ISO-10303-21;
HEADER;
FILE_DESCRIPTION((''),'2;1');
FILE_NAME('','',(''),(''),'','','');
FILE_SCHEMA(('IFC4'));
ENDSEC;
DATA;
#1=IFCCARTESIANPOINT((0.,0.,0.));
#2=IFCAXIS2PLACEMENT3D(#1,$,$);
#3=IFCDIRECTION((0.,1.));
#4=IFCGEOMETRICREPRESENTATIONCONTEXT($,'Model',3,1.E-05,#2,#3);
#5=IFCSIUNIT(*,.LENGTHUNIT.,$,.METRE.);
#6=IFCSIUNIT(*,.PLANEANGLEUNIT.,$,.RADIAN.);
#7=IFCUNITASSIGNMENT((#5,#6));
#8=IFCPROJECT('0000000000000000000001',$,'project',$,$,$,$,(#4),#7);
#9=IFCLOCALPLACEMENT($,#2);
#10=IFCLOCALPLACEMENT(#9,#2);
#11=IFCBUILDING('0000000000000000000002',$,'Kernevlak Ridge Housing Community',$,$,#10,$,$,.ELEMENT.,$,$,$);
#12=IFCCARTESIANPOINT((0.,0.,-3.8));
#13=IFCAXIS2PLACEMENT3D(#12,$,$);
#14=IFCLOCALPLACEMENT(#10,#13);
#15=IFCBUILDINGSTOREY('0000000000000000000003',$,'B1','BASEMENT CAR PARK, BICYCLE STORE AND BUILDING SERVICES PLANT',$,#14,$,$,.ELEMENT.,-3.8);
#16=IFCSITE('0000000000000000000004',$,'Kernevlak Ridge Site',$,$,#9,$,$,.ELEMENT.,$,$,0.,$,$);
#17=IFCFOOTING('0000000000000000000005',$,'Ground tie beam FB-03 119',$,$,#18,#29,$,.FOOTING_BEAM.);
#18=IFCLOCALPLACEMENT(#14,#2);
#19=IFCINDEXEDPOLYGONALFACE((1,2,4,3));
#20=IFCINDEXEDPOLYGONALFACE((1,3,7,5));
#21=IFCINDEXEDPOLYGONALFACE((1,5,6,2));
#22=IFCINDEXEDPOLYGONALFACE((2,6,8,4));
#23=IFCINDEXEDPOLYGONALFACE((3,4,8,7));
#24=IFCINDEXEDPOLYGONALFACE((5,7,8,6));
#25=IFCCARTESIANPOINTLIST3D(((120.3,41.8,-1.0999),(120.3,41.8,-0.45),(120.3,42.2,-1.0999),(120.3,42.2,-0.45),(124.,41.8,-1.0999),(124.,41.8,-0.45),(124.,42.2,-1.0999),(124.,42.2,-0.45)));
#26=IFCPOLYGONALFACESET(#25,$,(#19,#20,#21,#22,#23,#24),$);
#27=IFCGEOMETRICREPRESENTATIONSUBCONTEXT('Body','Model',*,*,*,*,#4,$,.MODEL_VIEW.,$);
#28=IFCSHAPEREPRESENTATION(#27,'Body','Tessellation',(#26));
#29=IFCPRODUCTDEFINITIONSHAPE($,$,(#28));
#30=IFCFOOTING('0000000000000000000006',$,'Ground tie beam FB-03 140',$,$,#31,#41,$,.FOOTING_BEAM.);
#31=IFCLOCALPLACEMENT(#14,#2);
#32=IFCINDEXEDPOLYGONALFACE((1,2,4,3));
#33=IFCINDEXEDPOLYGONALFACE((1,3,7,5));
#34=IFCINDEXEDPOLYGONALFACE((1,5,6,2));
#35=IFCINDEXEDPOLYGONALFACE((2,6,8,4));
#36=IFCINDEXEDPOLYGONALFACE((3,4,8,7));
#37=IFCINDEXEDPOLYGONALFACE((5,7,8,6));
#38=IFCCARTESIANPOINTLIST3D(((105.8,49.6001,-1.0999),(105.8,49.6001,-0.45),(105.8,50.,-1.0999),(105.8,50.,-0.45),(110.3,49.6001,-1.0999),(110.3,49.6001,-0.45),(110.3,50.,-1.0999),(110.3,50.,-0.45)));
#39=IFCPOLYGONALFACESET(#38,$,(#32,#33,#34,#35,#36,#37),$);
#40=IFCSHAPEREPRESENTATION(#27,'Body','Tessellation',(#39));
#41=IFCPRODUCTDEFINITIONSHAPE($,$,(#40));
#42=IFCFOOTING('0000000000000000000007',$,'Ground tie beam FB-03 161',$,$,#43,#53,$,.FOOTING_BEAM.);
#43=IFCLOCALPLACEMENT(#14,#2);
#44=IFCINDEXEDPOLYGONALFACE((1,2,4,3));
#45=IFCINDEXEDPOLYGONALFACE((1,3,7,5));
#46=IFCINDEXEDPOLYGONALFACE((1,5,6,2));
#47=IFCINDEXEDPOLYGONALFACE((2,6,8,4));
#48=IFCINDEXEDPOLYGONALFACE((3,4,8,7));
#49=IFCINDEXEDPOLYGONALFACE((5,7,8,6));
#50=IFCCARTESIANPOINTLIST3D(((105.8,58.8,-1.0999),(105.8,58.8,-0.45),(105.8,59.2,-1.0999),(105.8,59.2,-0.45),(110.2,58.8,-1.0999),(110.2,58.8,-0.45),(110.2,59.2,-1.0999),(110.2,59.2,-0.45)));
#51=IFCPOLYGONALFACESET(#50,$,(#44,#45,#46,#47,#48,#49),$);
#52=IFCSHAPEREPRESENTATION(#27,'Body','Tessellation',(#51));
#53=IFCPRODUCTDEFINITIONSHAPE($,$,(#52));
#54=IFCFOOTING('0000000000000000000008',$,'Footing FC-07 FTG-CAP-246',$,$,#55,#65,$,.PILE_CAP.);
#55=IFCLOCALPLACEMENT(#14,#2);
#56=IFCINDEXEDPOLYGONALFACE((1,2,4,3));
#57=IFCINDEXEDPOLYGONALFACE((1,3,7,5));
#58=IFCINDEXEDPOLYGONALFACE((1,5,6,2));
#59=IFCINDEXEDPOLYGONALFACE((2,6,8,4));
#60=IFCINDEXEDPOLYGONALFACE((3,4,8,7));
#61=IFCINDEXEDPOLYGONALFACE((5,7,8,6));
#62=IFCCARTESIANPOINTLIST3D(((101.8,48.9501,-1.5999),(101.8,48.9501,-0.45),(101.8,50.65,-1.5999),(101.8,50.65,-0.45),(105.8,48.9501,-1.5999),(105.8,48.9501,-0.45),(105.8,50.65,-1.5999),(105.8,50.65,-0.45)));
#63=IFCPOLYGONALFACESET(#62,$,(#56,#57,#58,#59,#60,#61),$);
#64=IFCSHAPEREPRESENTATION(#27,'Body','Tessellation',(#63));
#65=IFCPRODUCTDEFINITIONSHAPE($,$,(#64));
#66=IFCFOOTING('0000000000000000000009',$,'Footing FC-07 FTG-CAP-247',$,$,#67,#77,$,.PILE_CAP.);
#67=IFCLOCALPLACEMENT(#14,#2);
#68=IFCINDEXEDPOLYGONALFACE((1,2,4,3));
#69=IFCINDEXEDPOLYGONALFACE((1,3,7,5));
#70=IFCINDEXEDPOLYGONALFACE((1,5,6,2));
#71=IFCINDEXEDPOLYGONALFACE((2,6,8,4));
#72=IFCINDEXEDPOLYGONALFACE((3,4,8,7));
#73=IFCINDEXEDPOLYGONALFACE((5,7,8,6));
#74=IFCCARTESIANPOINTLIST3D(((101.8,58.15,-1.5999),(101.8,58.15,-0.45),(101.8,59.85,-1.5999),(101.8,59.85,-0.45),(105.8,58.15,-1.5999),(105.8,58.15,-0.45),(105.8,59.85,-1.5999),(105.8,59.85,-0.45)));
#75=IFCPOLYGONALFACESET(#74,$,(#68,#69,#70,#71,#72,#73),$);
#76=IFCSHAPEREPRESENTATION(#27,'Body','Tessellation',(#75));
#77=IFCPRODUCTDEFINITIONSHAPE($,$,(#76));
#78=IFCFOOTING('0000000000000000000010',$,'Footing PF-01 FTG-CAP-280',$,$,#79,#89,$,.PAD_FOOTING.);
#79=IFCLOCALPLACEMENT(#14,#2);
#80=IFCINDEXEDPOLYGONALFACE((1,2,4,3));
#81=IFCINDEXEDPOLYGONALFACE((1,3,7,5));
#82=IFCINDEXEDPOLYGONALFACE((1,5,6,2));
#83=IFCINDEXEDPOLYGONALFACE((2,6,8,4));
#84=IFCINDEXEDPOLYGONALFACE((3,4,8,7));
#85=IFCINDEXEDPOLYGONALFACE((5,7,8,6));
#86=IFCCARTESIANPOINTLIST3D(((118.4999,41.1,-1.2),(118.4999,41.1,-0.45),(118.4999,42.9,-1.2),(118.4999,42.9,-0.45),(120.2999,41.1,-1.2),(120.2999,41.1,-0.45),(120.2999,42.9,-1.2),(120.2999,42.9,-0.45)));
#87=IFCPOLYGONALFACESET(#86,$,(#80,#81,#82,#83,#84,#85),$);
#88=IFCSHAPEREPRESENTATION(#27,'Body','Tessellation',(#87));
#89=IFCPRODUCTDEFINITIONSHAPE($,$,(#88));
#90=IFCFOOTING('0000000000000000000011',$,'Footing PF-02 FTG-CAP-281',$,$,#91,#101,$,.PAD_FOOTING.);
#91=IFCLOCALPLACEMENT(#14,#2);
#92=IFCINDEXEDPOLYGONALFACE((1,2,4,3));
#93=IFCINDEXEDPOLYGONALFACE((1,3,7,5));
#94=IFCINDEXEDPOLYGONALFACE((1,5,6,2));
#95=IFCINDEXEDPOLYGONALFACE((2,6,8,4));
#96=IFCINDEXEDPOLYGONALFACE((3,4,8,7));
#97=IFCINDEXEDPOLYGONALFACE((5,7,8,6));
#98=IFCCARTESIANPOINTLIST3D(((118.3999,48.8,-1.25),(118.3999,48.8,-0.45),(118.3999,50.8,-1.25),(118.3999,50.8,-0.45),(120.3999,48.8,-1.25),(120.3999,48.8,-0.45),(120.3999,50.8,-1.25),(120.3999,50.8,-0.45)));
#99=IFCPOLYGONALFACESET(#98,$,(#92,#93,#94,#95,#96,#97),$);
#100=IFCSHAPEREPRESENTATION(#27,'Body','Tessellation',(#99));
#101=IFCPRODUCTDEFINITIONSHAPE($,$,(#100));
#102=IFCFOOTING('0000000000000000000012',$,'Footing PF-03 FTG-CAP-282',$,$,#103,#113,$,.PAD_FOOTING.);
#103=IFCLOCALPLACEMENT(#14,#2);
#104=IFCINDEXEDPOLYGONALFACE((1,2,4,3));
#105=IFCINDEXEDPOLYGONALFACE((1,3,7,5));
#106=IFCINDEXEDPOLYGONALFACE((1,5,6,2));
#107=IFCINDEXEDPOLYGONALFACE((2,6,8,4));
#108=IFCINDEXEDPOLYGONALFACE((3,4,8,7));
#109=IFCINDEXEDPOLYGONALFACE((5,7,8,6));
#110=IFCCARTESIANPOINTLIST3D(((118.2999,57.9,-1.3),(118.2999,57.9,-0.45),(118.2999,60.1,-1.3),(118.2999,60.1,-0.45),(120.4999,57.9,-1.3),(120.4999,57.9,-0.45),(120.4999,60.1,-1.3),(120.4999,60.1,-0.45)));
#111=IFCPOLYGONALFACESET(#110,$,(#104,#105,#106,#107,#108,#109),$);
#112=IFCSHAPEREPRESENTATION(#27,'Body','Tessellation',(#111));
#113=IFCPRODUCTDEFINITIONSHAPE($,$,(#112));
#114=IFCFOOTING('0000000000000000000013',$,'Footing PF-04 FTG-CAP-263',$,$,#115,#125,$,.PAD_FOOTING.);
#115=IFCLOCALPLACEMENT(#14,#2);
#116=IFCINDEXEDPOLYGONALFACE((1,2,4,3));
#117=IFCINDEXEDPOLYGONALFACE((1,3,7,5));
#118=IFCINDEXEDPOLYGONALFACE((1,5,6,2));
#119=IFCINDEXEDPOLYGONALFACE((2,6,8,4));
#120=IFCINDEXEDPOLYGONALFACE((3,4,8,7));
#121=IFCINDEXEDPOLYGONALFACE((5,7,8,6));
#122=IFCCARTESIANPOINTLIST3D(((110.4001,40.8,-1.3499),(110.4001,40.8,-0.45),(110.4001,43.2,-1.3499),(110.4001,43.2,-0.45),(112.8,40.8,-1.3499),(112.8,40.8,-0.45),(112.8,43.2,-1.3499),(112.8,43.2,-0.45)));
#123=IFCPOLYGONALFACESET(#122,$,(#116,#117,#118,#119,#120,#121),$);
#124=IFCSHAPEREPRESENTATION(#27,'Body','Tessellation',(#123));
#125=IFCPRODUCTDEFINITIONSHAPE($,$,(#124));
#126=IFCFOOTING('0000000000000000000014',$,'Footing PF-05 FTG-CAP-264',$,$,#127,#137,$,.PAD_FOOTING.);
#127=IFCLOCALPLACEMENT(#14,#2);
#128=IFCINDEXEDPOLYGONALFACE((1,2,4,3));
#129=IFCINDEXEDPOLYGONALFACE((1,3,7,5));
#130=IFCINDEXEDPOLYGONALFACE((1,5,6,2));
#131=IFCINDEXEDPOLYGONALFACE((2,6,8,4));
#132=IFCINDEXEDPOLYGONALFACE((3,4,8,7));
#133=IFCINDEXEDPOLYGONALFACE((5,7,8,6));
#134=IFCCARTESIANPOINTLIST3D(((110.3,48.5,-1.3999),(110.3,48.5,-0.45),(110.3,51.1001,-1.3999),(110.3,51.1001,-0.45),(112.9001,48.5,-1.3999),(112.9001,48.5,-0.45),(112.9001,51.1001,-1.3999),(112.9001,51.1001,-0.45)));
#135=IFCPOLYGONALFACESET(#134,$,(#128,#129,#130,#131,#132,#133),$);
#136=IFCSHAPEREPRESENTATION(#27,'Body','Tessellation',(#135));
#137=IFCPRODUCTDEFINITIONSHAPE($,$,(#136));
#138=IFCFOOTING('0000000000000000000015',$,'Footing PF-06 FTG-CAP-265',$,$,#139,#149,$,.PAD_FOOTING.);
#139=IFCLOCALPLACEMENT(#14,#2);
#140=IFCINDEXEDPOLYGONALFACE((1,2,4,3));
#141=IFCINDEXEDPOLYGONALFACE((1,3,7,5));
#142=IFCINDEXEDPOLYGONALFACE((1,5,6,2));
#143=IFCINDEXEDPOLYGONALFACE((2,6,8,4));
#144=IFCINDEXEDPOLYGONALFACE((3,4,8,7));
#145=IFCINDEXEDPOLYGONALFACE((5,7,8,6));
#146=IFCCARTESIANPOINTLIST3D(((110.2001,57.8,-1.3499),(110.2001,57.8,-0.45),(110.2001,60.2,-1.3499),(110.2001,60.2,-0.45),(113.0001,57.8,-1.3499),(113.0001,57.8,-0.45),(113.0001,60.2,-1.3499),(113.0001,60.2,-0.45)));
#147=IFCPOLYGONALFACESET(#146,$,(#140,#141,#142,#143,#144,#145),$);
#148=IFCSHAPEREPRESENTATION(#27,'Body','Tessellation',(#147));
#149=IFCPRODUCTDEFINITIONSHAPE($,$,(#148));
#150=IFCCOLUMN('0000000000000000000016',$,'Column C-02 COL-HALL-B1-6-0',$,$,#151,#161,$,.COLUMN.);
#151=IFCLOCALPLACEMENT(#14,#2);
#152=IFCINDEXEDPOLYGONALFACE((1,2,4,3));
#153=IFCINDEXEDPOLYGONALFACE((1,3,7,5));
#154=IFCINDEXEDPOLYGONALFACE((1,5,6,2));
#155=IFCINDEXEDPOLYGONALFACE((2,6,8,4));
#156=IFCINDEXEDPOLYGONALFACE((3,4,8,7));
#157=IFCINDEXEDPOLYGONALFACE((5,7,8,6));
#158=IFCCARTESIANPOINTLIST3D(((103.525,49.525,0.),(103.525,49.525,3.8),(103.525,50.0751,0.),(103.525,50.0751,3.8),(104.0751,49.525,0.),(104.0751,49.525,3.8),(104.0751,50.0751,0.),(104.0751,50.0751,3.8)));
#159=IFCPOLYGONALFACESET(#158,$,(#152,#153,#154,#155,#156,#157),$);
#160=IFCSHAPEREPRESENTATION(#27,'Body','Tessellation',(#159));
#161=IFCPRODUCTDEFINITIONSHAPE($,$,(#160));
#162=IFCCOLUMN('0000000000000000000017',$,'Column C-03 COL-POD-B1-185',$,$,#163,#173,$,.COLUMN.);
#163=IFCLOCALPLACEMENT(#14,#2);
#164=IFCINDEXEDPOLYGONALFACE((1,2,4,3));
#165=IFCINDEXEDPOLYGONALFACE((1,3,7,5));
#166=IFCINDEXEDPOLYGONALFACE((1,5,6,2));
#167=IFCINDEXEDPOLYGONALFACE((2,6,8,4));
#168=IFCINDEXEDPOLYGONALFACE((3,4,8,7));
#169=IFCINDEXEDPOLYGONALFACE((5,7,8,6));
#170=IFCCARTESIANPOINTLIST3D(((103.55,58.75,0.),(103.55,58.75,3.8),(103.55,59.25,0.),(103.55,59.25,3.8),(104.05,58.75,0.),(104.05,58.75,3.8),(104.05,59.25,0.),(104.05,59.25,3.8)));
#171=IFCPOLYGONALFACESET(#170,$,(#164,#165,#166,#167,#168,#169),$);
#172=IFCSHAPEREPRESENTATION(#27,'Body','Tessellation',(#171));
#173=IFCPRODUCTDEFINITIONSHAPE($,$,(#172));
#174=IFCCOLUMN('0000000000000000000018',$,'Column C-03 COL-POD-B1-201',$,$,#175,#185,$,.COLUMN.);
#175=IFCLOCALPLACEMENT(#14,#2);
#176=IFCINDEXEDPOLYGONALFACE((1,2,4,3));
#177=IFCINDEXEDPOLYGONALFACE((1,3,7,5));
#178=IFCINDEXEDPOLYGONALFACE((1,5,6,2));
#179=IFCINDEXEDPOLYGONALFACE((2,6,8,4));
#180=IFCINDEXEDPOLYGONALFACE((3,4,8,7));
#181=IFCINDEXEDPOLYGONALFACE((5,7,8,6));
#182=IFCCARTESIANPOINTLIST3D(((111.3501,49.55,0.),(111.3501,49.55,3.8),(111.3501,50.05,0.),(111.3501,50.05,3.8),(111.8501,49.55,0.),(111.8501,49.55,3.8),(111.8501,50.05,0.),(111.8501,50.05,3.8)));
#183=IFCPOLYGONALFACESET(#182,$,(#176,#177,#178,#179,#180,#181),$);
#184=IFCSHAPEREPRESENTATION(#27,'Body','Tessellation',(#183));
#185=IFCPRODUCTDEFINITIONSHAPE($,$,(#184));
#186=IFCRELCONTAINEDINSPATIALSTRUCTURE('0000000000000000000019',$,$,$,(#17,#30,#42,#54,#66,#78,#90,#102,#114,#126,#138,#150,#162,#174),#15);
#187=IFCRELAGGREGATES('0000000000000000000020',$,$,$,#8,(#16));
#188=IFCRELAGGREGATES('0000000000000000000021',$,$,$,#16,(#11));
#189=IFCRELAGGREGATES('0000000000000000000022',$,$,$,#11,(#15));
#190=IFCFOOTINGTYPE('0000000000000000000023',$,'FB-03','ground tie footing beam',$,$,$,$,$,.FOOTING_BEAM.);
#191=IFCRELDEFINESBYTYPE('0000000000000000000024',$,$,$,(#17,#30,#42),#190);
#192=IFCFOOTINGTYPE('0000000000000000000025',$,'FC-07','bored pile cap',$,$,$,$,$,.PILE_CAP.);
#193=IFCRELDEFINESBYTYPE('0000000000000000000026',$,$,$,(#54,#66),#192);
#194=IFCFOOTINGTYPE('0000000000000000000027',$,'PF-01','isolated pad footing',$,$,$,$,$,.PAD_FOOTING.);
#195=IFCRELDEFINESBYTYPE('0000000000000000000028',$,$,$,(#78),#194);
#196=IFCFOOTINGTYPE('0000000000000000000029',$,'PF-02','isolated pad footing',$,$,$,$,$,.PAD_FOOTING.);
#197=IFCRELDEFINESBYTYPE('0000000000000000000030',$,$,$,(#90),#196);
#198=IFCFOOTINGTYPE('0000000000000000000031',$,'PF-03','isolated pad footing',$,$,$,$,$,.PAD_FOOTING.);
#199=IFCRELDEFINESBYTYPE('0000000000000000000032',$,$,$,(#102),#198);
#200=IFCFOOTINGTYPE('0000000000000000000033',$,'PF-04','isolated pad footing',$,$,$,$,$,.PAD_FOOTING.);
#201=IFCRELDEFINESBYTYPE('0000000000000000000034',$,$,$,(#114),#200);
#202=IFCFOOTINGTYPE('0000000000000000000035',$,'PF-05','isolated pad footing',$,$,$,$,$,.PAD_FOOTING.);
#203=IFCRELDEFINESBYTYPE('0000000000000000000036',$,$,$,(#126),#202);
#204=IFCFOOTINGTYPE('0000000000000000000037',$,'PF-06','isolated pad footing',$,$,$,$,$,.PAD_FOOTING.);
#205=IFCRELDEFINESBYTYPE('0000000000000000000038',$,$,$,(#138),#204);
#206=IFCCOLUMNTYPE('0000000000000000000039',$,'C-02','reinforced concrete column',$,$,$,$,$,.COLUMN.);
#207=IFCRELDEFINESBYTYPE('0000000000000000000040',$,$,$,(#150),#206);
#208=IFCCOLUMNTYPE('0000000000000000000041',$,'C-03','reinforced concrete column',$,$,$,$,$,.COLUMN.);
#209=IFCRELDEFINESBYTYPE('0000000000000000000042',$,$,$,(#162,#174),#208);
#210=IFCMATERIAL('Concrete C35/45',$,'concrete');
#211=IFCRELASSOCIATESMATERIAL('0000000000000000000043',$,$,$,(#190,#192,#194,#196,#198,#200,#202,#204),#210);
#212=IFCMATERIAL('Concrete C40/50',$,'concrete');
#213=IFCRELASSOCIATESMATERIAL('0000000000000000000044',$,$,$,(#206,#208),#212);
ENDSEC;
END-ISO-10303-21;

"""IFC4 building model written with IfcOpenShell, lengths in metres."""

from ifc_helpers import new_model, si_unit, direction, frame, origin, origin_2d, place, context, subcontext, project, spatial, rectangle, extrude, material, material_profile, profile_set, type_object, element, save


model = new_model("IFC4")

# Units and contexts
model_context = context("Model", 3, precision=1e-05, world=origin(), true_north=direction((0.0, 1.0)))
body_context = subcontext(model_context, "Body", "Model", "MODEL_VIEW")
ifc_project = project(units=[si_unit("LENGTHUNIT", "METRE"), si_unit("PLANEANGLEUNIT", "RADIAN")], contexts=[model_context])

# Site, building, storey
site_placement = place(None, origin())
site = spatial("IfcSite", under=ifc_project, at=site_placement, Name="Kernevlak Ridge Site", CompositionType="ELEMENT", RefElevation=0.0)
building_placement = place(site_placement, origin())
building = spatial("IfcBuilding", under=site, at=building_placement, Name="Kernevlak Ridge Housing Community", CompositionType="ELEMENT")
storey_placement = place(building_placement, frame((0.0, 0.0, -3.8)))
storey = spatial("IfcBuildingStorey", under=building, at=storey_placement, Name="B1", Description="BASEMENT CAR PARK, BICYCLE STORE AND BUILDING SERVICES PLANT", CompositionType="ELEMENT", Elevation=-3.8)

# Shared definitions
ifc_material_1 = material(Name="Concrete C35/45", Category="concrete")

# Footings
ifc_material_profile_1 = material_profile(ifc_material_1, rectangle(XDim=0.3999, YDim=0.6499, at=origin_2d()), Name="RC 400x650")
ifc_profile_set_1 = profile_set([ifc_material_profile_1], Name="Concrete C35/45")
footing_type_1 = type_object("IfcFootingType", Name="FB-03", Description="ground tie footing beam", PredefinedType="FOOTING_BEAM", material=ifc_profile_set_1)
footing_1_placement = place(storey_placement, frame((120.3, 42.0, -0.7749), z_axis=(1.0, 0.0, 0.0), x_axis=(0.0, 1.0, 0.0)))
element("IfcFooting", 1, at=footing_1_placement, inside=storey, type_object=footing_type_1, Name="Ground tie beam FB-03 119", PredefinedType="FOOTING_BEAM", context=body_context, shape_type="SweptSolid", body=[
    extrude(rectangle(XDim=0.3999, YDim=0.6499, at=origin_2d()), origin(), (0.0, 0.0, 1.0), 3.7),
])
footing_2_placement = place(storey_placement, frame((105.8, 49.8, -0.7749), z_axis=(1.0, 0.0, 0.0), x_axis=(0.0, 1.0, 0.0)))
element("IfcFooting", 2, at=footing_2_placement, inside=storey, type_object=footing_type_1, Name="Ground tie beam FB-03 140", PredefinedType="FOOTING_BEAM", context=body_context, shape_type="SweptSolid", body=[
    extrude(rectangle(XDim=0.3999, YDim=0.6499, at=origin_2d()), origin(), (0.0, 0.0, 1.0), 4.5),
])
footing_3_placement = place(storey_placement, frame((105.8, 59.0, -0.7749), z_axis=(1.0, 0.0, 0.0), x_axis=(0.0, 1.0, 0.0)))
element("IfcFooting", 3, at=footing_3_placement, inside=storey, type_object=footing_type_1, Name="Ground tie beam FB-03 161", PredefinedType="FOOTING_BEAM", context=body_context, shape_type="SweptSolid", body=[
    extrude(rectangle(XDim=0.3999, YDim=0.6499, at=origin_2d()), origin(), (0.0, 0.0, 1.0), 4.3999),
])
footing_type_2 = type_object("IfcFootingType", Name="FC-07", Description="bored pile cap", PredefinedType="PILE_CAP", material=ifc_material_1)
for number, where, z_axis, x_axis, name in (
    (4, (103.8, 49.8, -1.5999), (0.0, 0.0, 1.0), (1.0, 0.0, 0.0), "Footing FC-07 FTG-CAP-246"),
    (5, (103.8, 59.0, -1.5999), (0.0, 0.0, 1.0), (1.0, 0.0, 0.0), "Footing FC-07 FTG-CAP-247"),
):
    element("IfcFooting", number, at=place(storey_placement, frame(where, z_axis=z_axis, x_axis=x_axis)), inside=storey, type_object=footing_type_2, Name=name, PredefinedType="PILE_CAP", context=body_context, shape_type="SweptSolid", body=[
        extrude(rectangle(XDim=4.0, YDim=1.7, at=origin_2d()), origin(), (0.0, 0.0, 1.0), 1.1499),
    ])
footing_type_3 = type_object("IfcFootingType", Name="PF-01", Description="isolated pad footing", PredefinedType="PAD_FOOTING", material=ifc_material_1)
footing_4_placement = place(storey_placement, frame((119.3999, 42.0, -1.2), z_axis=(0.0, 0.0, 1.0), x_axis=(1.0, 0.0, 0.0)))
element("IfcFooting", 6, at=footing_4_placement, inside=storey, type_object=footing_type_3, Name="Footing PF-01 FTG-CAP-280", PredefinedType="PAD_FOOTING", context=body_context, shape_type="SweptSolid", body=[
    extrude(rectangle(XDim=1.8, YDim=1.8, at=origin_2d()), origin(), (0.0, 0.0, 1.0), 0.75),
])
footing_type_4 = type_object("IfcFootingType", Name="PF-02", Description="isolated pad footing", PredefinedType="PAD_FOOTING", material=ifc_material_1)
footing_5_placement = place(storey_placement, frame((119.3999, 49.8, -1.25), z_axis=(0.0, 0.0, 1.0), x_axis=(1.0, 0.0, 0.0)))
element("IfcFooting", 7, at=footing_5_placement, inside=storey, type_object=footing_type_4, Name="Footing PF-02 FTG-CAP-281", PredefinedType="PAD_FOOTING", context=body_context, shape_type="SweptSolid", body=[
    extrude(rectangle(XDim=2.0, YDim=2.0, at=origin_2d()), origin(), (0.0, 0.0, 1.0), 0.8),
])
footing_type_5 = type_object("IfcFootingType", Name="PF-03", Description="isolated pad footing", PredefinedType="PAD_FOOTING", material=ifc_material_1)
footing_6_placement = place(storey_placement, frame((119.3999, 59.0, -1.3), z_axis=(0.0, 0.0, 1.0), x_axis=(1.0, 0.0, 0.0)))
element("IfcFooting", 8, at=footing_6_placement, inside=storey, type_object=footing_type_5, Name="Footing PF-03 FTG-CAP-282", PredefinedType="PAD_FOOTING", context=body_context, shape_type="SweptSolid", body=[
    extrude(rectangle(XDim=2.2, YDim=2.2, at=origin_2d()), origin(), (0.0, 0.0, 1.0), 0.8501),
])
footing_type_6 = type_object("IfcFootingType", Name="PF-04", Description="isolated pad footing", PredefinedType="PAD_FOOTING", material=ifc_material_1)
footing_7_placement = place(storey_placement, frame((111.6001, 42.0, -1.3499), z_axis=(0.0, 0.0, 1.0), x_axis=(1.0, 0.0, 0.0)))
element("IfcFooting", 9, at=footing_7_placement, inside=storey, type_object=footing_type_6, Name="Footing PF-04 FTG-CAP-263", PredefinedType="PAD_FOOTING", context=body_context, shape_type="SweptSolid", body=[
    extrude(rectangle(XDim=2.3999, YDim=2.3999, at=origin_2d()), origin(), (0.0, 0.0, 1.0), 0.8999),
])
footing_type_7 = type_object("IfcFootingType", Name="PF-05", Description="isolated pad footing", PredefinedType="PAD_FOOTING", material=ifc_material_1)
footing_8_placement = place(storey_placement, frame((111.6001, 49.8, -1.3999), z_axis=(0.0, 0.0, 1.0), x_axis=(1.0, 0.0, 0.0)))
element("IfcFooting", 10, at=footing_8_placement, inside=storey, type_object=footing_type_7, Name="Footing PF-05 FTG-CAP-264", PredefinedType="PAD_FOOTING", context=body_context, shape_type="SweptSolid", body=[
    extrude(rectangle(XDim=2.6001, YDim=2.6001, at=origin_2d()), origin(), (0.0, 0.0, 1.0), 0.95),
])
footing_type_8 = type_object("IfcFootingType", Name="PF-06", Description="isolated pad footing", PredefinedType="PAD_FOOTING", material=ifc_material_1)
footing_9_placement = place(storey_placement, frame((111.6001, 59.0, -1.3499), z_axis=(0.0, 0.0, 1.0), x_axis=(1.0, 0.0, 0.0)))
element("IfcFooting", 11, at=footing_9_placement, inside=storey, type_object=footing_type_8, Name="Footing PF-06 FTG-CAP-265", PredefinedType="PAD_FOOTING", context=body_context, shape_type="SweptSolid", body=[
    extrude(rectangle(XDim=2.8, YDim=2.3999, at=origin_2d()), origin(), (0.0, 0.0, 1.0), 0.8999),
])

# Columns
ifc_material_2 = material(Name="Concrete C40/50", Category="concrete")
ifc_material_profile_2 = material_profile(ifc_material_2, rectangle(XDim=0.55, YDim=0.55, at=origin_2d()), Name="RC 550x550")
ifc_profile_set_2 = profile_set([ifc_material_profile_2], Name="Concrete C40/50")
column_type_1 = type_object("IfcColumnType", Name="C-02", Description="reinforced concrete column", PredefinedType="COLUMN", material=ifc_profile_set_2)
column_placement = place(storey_placement, frame((103.8, 49.8, 0.0), z_axis=(0.0, 0.0, 1.0), x_axis=(1.0, 0.0, 0.0)))
element("IfcColumn", 12, at=column_placement, inside=storey, type_object=column_type_1, Name="Column C-02 COL-HALL-B1-6-0", PredefinedType="COLUMN", context=body_context, shape_type="SweptSolid", body=[
    extrude(rectangle(XDim=0.55, YDim=0.55, at=origin_2d()), origin(), (0.0, 0.0, 1.0), 3.8),
])
ifc_material_profile_3 = material_profile(ifc_material_2, rectangle(XDim=0.5, YDim=0.5, at=origin_2d()), Name="RC 500x500")
ifc_profile_set_3 = profile_set([ifc_material_profile_3], Name="Concrete C40/50")
column_type_2 = type_object("IfcColumnType", Name="C-03", Description="reinforced concrete column", PredefinedType="COLUMN", material=ifc_profile_set_3)
for number, where, z_axis, x_axis, name in (
    (13, (103.8, 59.0, 0.0), (0.0, 0.0, 1.0), (1.0, 0.0, 0.0), "Column C-03 COL-POD-B1-185"),
    (14, (111.6001, 49.8, 0.0), (0.0, 0.0, 1.0), (1.0, 0.0, 0.0), "Column C-03 COL-POD-B1-201"),
):
    element("IfcColumn", number, at=place(storey_placement, frame(where, z_axis=z_axis, x_axis=x_axis)), inside=storey, type_object=column_type_2, Name=name, PredefinedType="COLUMN", context=body_context, shape_type="SweptSolid", body=[
        extrude(rectangle(XDim=0.5, YDim=0.5, at=origin_2d()), origin(), (0.0, 0.0, 1.0), 3.8),
    ])

save(model, "model.ifc")
